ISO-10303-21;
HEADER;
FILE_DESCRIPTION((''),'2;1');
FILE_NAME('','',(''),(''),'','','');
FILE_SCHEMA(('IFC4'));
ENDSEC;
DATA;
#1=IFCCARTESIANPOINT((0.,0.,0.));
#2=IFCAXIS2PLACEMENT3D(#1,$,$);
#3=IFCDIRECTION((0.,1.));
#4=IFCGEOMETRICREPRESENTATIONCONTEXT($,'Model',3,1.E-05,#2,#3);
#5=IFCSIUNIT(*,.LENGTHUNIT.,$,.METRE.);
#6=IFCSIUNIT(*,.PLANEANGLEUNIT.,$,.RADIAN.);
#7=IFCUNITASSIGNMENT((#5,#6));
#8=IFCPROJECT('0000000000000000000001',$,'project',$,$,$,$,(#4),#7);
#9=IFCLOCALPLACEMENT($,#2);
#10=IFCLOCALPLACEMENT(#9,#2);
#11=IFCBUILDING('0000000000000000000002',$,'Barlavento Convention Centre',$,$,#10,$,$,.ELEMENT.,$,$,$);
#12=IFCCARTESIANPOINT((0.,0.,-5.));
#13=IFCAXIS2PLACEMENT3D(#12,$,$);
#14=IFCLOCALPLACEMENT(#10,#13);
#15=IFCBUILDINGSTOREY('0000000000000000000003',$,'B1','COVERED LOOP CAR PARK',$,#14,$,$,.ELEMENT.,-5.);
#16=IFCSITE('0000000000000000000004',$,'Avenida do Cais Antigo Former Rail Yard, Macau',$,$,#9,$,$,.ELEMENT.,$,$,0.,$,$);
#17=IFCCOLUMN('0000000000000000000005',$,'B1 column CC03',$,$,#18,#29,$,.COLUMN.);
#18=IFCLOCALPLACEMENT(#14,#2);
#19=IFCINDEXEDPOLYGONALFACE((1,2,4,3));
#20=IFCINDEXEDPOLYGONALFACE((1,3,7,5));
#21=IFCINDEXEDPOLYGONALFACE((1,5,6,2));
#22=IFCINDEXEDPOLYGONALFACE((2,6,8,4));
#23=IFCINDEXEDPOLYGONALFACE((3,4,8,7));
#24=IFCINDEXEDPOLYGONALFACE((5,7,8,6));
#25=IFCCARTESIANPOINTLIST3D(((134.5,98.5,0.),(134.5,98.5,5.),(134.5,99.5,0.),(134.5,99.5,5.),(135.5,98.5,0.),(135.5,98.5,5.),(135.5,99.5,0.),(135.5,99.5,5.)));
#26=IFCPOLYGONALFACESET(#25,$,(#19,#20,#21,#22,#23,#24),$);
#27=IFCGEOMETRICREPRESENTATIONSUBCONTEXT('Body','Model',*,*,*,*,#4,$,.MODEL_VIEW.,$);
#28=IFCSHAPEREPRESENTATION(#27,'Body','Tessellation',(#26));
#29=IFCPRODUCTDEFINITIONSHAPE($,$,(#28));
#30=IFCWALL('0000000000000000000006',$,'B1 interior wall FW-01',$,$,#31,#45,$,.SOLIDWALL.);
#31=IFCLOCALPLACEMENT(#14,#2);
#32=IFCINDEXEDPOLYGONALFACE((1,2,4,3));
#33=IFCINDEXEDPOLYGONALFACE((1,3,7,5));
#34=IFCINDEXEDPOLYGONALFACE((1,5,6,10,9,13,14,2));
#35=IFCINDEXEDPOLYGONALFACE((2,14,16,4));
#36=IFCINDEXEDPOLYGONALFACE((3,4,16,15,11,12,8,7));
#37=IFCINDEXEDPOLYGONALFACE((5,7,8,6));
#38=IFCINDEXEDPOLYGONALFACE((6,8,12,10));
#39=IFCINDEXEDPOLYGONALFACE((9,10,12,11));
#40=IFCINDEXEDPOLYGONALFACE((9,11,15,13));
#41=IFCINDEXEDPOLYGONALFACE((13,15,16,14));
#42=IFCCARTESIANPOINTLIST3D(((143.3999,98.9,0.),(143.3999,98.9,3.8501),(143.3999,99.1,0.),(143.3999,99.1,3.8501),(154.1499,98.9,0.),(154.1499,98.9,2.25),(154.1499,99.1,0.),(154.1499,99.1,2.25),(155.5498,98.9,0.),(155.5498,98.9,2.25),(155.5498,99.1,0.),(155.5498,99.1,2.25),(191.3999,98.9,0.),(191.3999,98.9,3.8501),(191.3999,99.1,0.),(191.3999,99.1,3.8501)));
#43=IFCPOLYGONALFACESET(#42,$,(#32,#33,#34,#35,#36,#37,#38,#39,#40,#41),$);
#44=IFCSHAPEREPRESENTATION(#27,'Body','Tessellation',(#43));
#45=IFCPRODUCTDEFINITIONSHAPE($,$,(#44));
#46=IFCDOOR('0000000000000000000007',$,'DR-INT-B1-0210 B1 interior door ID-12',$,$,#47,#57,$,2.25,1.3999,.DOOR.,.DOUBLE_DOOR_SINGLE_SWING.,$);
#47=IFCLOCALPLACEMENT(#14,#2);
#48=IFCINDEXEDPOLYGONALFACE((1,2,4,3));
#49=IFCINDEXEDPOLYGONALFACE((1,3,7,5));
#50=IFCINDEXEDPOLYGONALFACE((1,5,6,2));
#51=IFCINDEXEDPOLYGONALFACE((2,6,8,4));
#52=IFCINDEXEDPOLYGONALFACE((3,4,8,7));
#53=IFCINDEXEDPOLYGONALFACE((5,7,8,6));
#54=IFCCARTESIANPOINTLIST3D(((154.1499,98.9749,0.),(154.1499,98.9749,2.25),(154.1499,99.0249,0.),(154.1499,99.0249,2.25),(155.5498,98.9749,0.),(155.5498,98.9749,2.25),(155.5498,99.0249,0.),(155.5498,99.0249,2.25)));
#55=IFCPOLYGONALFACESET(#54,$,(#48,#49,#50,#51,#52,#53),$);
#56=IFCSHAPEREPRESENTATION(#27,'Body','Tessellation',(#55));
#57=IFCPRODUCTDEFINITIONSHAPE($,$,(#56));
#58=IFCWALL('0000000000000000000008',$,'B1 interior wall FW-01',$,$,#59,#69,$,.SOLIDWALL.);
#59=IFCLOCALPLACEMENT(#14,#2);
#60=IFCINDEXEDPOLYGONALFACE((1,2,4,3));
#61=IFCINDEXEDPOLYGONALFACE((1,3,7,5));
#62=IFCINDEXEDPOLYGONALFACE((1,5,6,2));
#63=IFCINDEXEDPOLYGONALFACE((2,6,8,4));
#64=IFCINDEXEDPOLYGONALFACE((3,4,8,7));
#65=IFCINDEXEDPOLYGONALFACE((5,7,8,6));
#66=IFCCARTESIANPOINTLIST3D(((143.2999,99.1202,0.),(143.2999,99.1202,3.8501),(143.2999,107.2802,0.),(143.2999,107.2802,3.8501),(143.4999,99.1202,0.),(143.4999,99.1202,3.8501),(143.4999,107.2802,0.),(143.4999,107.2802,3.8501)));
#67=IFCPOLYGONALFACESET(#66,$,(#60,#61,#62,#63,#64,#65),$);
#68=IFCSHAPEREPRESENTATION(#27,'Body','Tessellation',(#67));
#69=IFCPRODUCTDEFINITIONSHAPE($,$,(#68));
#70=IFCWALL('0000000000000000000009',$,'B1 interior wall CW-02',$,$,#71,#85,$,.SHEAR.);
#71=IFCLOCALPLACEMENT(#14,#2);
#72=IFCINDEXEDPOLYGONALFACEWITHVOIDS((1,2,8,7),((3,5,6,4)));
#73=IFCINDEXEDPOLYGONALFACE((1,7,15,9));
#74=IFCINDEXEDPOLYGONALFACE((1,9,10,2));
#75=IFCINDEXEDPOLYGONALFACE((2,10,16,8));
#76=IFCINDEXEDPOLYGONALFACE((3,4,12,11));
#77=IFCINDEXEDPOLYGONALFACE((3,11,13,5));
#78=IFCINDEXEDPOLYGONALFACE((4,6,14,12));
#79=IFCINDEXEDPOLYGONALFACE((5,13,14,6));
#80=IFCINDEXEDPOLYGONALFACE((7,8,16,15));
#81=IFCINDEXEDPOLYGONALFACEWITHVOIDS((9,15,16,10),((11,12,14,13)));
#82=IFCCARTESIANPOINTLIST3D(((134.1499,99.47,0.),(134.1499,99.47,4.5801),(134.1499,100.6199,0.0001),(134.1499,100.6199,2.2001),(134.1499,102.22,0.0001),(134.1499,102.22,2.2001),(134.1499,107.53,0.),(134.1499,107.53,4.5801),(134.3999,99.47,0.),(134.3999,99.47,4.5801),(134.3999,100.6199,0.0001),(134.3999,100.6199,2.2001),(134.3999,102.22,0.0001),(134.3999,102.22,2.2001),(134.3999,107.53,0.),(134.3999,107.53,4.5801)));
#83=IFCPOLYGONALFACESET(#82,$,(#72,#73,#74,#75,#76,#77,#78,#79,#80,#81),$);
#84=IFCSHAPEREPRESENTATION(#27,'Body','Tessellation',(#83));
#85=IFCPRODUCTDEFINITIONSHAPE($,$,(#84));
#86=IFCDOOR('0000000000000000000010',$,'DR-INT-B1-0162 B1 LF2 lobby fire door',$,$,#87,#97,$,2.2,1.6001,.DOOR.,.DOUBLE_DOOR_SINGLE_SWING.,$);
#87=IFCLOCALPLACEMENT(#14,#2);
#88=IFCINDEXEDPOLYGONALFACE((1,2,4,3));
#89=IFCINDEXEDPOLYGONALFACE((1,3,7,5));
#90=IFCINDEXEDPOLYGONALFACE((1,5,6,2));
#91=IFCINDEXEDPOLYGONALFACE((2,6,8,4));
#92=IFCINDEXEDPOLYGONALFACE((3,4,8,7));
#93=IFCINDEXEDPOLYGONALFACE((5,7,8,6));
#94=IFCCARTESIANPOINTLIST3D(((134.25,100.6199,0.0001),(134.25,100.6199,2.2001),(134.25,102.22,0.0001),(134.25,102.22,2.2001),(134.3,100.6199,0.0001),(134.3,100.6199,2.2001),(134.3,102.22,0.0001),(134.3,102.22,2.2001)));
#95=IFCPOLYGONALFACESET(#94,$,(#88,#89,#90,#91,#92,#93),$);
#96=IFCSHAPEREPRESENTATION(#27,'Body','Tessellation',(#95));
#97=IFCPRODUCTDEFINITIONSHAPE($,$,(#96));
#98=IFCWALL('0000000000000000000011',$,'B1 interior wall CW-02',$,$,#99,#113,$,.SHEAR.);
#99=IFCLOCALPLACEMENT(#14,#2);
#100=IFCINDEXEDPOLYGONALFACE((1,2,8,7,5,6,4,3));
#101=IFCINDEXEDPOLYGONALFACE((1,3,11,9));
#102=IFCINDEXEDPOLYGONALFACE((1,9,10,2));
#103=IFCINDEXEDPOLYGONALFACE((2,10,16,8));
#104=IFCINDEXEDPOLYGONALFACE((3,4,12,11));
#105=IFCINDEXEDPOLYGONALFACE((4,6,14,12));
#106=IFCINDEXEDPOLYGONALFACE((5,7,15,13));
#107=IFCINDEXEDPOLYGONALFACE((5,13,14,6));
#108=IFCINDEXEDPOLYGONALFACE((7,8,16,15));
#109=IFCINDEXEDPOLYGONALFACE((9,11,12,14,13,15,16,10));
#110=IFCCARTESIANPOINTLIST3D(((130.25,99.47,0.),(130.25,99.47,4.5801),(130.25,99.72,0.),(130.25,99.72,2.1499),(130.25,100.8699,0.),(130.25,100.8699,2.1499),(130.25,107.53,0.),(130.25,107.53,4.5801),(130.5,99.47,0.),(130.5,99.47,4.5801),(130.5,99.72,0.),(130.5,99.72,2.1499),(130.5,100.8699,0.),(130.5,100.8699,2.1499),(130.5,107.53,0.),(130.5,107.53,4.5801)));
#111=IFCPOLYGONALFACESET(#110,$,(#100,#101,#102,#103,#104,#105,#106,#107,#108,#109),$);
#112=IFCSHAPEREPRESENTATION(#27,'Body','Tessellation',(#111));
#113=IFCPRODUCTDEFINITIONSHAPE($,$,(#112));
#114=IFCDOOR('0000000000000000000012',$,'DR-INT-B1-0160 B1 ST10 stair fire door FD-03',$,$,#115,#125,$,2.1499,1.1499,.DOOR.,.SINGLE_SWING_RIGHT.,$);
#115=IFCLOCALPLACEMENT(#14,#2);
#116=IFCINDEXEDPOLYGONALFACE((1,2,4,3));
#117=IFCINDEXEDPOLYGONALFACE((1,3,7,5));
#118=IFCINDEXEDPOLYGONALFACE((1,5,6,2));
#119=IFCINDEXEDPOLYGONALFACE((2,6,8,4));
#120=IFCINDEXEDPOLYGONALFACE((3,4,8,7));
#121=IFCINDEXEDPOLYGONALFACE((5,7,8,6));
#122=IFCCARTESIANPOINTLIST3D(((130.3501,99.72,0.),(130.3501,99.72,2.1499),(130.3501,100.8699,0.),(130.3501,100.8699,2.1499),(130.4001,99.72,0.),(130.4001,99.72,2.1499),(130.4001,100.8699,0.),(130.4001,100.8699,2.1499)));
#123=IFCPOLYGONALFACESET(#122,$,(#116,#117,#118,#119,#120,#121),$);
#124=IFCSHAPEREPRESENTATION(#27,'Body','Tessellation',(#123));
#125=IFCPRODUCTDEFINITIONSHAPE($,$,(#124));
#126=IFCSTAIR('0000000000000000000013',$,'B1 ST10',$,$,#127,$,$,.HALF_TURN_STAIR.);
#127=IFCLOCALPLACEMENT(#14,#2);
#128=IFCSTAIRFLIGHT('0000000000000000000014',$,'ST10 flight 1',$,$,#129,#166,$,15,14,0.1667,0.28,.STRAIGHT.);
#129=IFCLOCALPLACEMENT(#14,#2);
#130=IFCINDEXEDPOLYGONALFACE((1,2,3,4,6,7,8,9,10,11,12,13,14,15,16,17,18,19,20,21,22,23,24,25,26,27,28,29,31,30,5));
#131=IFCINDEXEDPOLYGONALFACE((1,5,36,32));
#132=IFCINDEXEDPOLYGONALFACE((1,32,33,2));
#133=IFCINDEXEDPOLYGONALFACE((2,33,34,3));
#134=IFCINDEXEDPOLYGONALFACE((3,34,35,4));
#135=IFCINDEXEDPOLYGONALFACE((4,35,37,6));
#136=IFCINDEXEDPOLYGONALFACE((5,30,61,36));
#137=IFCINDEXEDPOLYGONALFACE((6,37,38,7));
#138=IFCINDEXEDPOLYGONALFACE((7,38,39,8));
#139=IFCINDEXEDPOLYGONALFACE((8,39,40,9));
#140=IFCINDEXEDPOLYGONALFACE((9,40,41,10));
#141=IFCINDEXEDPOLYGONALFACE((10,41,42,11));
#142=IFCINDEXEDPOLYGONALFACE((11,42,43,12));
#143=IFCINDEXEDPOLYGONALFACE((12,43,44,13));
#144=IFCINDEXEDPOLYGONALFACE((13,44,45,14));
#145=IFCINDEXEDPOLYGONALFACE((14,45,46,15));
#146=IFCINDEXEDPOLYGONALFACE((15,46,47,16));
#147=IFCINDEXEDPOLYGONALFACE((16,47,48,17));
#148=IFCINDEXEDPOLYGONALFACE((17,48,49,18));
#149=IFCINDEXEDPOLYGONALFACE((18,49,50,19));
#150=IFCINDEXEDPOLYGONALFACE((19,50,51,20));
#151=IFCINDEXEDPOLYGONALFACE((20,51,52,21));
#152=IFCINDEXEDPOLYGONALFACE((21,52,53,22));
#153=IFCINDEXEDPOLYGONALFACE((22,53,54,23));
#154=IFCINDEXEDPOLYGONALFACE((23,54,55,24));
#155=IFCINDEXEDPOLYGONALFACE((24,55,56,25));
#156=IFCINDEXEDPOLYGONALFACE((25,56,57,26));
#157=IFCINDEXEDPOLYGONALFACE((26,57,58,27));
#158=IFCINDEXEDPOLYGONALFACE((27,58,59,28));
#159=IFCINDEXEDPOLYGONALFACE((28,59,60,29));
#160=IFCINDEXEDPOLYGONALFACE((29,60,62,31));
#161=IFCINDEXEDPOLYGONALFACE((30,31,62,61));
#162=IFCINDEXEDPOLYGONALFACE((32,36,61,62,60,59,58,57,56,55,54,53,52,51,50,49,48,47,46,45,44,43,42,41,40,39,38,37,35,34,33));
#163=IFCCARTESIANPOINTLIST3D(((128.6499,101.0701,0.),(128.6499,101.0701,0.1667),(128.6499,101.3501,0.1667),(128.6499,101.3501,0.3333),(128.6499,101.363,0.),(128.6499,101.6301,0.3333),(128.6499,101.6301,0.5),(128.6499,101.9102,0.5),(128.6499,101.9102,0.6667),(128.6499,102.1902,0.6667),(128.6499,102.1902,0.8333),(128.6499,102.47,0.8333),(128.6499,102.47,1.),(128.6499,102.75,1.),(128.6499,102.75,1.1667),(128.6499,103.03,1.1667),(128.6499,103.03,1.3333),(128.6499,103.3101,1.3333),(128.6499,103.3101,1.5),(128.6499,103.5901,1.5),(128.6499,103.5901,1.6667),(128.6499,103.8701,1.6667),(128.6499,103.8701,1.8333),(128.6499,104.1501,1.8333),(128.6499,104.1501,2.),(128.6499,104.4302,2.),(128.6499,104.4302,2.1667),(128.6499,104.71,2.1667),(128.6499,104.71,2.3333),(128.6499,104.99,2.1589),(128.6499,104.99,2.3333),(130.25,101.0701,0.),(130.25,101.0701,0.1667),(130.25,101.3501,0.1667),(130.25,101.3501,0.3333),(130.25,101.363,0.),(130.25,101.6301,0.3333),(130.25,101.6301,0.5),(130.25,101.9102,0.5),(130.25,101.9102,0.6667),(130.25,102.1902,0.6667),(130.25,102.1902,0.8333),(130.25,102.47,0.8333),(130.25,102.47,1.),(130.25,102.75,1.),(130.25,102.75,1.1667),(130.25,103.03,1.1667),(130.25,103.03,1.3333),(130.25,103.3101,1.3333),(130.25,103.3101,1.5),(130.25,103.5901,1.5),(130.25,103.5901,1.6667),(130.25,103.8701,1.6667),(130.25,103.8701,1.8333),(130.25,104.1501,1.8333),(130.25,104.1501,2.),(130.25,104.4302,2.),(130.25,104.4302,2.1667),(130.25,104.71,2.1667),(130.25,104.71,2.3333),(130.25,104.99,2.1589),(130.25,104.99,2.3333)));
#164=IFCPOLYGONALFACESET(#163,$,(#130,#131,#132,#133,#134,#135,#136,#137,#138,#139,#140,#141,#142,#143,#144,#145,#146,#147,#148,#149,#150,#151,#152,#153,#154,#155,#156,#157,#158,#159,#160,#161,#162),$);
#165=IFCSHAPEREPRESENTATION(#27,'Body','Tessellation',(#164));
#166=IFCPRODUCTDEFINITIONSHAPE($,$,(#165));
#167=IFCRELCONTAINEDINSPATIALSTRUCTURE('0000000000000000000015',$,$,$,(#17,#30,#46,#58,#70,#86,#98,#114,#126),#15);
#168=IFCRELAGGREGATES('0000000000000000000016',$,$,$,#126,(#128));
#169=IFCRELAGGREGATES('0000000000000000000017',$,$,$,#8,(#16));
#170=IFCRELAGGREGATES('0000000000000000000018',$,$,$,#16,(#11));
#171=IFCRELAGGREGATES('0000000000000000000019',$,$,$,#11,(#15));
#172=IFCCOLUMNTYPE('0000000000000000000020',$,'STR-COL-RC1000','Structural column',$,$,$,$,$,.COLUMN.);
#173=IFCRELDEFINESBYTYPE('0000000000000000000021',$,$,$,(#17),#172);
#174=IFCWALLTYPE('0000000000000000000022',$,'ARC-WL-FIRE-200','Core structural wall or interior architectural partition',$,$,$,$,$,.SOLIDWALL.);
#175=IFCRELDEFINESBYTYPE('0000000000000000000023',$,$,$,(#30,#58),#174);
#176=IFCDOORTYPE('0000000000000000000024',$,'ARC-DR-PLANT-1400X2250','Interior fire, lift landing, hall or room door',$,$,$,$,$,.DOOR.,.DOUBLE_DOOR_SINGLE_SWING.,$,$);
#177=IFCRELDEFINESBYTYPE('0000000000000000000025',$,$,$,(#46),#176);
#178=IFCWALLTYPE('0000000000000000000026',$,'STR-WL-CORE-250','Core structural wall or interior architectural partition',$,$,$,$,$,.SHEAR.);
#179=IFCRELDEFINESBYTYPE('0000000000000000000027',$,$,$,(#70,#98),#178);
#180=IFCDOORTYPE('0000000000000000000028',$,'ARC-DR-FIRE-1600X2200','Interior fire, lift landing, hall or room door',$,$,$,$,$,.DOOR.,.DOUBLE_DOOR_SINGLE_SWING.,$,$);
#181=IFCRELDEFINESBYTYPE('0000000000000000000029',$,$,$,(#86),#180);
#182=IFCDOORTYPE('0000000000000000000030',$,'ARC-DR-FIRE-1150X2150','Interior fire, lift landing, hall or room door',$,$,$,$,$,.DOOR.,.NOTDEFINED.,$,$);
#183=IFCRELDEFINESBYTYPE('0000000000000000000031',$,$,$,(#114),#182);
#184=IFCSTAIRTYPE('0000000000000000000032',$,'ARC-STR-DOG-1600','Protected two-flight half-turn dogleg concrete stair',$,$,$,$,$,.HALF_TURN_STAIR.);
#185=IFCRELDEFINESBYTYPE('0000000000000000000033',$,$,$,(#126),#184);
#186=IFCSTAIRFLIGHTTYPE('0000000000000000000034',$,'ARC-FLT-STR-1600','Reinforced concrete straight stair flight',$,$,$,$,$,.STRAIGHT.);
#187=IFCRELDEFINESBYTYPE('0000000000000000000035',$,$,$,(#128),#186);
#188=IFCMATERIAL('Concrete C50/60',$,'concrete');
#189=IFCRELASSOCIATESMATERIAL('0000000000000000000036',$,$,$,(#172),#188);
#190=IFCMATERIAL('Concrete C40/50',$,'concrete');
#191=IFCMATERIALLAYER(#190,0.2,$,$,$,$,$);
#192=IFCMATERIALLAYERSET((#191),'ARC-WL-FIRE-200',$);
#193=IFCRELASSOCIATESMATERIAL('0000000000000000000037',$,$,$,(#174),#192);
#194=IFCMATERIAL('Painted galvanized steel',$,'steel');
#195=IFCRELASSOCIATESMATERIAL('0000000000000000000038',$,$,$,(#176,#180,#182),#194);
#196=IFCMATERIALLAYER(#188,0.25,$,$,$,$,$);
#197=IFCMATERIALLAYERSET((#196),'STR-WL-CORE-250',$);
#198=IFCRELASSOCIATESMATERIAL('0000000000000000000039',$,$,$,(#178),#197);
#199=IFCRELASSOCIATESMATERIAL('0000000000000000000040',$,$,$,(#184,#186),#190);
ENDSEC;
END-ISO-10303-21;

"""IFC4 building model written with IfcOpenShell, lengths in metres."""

from ifc_helpers import new_model, si_unit, direction, frame, frame_2d, origin, origin_2d, place, context, subcontext, project, spatial, polyline, rectangle, outline, extrude, material, layer, layer_set, material_profile, profile_set, type_object, element, fill, aggregate, save


model = new_model("IFC4")

# Units and contexts
model_context = context("Model", 3, precision=1e-05, world=origin(), true_north=direction((0.0, 1.0)))
body_context = subcontext(model_context, "Body", "Model", "MODEL_VIEW")
ifc_project = project(units=[si_unit("LENGTHUNIT", "METRE"), si_unit("PLANEANGLEUNIT", "RADIAN")], contexts=[model_context])

# Site, building, storey
site_placement = place(None, origin())
site = spatial("IfcSite", under=ifc_project, at=site_placement, Name="Avenida do Cais Antigo Former Rail Yard, Macau", CompositionType="ELEMENT", RefElevation=0.0)
building_placement = place(site_placement, origin())
building = spatial("IfcBuilding", under=site, at=building_placement, Name="Barlavento Convention Centre", CompositionType="ELEMENT")
storey_placement = place(building_placement, frame((0.0, 0.0, -5.0)))
storey = spatial("IfcBuildingStorey", under=building, at=storey_placement, Name="B1", Description="COVERED LOOP CAR PARK", CompositionType="ELEMENT", Elevation=-5.0)

# Shared definitions
ifc_material_1 = material(Name="Concrete C40/50", Category="concrete")

# Column
ifc_material_2 = material(Name="Concrete C50/60", Category="concrete")
ifc_material_profile_1 = material_profile(ifc_material_2, rectangle(XDim=1.0, YDim=1.0, at=origin_2d()), Name="RC 1000x1000")
ifc_profile_set_1 = profile_set([ifc_material_profile_1], Name="Concrete C50/60")
column_type = type_object("IfcColumnType", Name="STR-COL-RC1000", Description="Structural column", PredefinedType="COLUMN", material=ifc_profile_set_1)
column_placement = place(storey_placement, frame((135.0, 99.0, 0.0), z_axis=(0.0, 0.0, 1.0), x_axis=(1.0, 0.0, 0.0)))
element("IfcColumn", 1, at=column_placement, inside=storey, type_object=column_type, Name="B1 column CC03", PredefinedType="COLUMN", context=body_context, shape_type="SweptSolid", body=[
    extrude(rectangle(XDim=1.0, YDim=1.0, at=origin_2d()), origin(), (0.0, 0.0, 1.0), 5.0),
])

# Wall, opening, door
ifc_layer_1 = layer(ifc_material_1, 0.2)
ifc_layer_set_1 = layer_set([ifc_layer_1], Name="ARC-WL-FIRE-200")
wall_type_1 = type_object("IfcWallType", Name="ARC-WL-FIRE-200", Description="Core structural wall or interior architectural partition", PredefinedType="SOLIDWALL", material=ifc_layer_set_1)
wall_1_placement = place(storey_placement, frame((143.3999, 99.0, 0.0), z_axis=(0.0, 0.0, 1.0), x_axis=(1.0, 0.0, 0.0)))
wall_1 = element("IfcWall", 2, at=wall_1_placement, inside=storey, type_object=wall_type_1, Name="B1 interior wall FW-01", PredefinedType="SOLIDWALL", context=body_context, shape_type="SweptSolid", body=[
    extrude(rectangle(XDim=48.0, YDim=0.2, at=frame_2d((24.0, 0.0))), origin(), (0.0, 0.0, 1.0), 3.8501),
])
opening_1_placement = place(wall_1_placement, frame((10.75, 0.0, 0.0)))
opening_1 = element("IfcOpeningElement", 3, at=opening_1_placement, cuts=wall_1, PredefinedType="OPENING", context=body_context, shape_type="SweptSolid", body=[
    extrude(rectangle(XDim=1.3999, YDim=2.25, at=frame_2d((0.7, 1.125))), frame((0.0, 0.1099, 0.0), z_axis=(0.0, -1.0, 0.0), x_axis=(1.0, 0.0, 0.0)), (0.0, 0.0, 1.0), 0.22),
])
ifc_material_3 = material(Name="Painted galvanized steel", Category="steel")
door_type_1 = type_object("IfcDoorType", Name="ARC-DR-PLANT-1400X2250", Description="Interior fire, lift landing, hall or room door", OperationType="DOUBLE_DOOR_SINGLE_SWING", PredefinedType="DOOR", material=ifc_material_3)
door_1_placement = place(opening_1_placement, origin())
door_1 = element("IfcDoor", 4, at=door_1_placement, inside=storey, type_object=door_type_1, Name="DR-INT-B1-0210 B1 interior door ID-12", OperationType="DOUBLE_DOOR_SINGLE_SWING", OverallHeight=2.25, OverallWidth=1.3999, PredefinedType="DOOR", context=body_context, shape_type="SweptSolid", body=[
    extrude(rectangle(XDim=1.3999, YDim=2.25, at=frame_2d((0.7, 1.125))), frame((0.0, 0.0249, 0.0), z_axis=(0.0, -1.0, 0.0), x_axis=(1.0, 0.0, 0.0)), (0.0, 0.0, 1.0), 0.05),
])
fill(opening_1, door_1)

# Wall
wall_2_placement = place(storey_placement, frame((143.3999, 99.1201, 0.0), z_axis=(0.0, 0.0, 1.0), x_axis=(0.0, 1.0, 0.0)))
element("IfcWall", 5, at=wall_2_placement, inside=storey, type_object=wall_type_1, Name="B1 interior wall FW-01", PredefinedType="SOLIDWALL", context=body_context, shape_type="SweptSolid", body=[
    extrude(rectangle(XDim=8.1599, YDim=0.2, at=frame_2d((4.0801, 0.0))), origin(), (0.0, 0.0, 1.0), 3.8501),
])

# Walls, openings, doors
ifc_layer_2 = layer(ifc_material_2, 0.25)
ifc_layer_set_2 = layer_set([ifc_layer_2], Name="STR-WL-CORE-250")
wall_type_2 = type_object("IfcWallType", Name="STR-WL-CORE-250", Description="Core structural wall or interior architectural partition", PredefinedType="SHEAR", material=ifc_layer_set_2)
wall_3_placement = place(storey_placement, frame((134.2749, 99.47, 0.0), z_axis=(0.0, 0.0, 1.0), x_axis=(0.0, 1.0, 0.0)))
wall_3 = element("IfcWall", 6, at=wall_3_placement, inside=storey, type_object=wall_type_2, Name="B1 interior wall CW-02", PredefinedType="SHEAR", context=body_context, shape_type="SweptSolid", body=[
    extrude(rectangle(XDim=8.0601, YDim=0.25, at=frame_2d((4.03, 0.0))), origin(), (0.0, 0.0, 1.0), 4.5801),
])
opening_2_placement = place(wall_3_placement, frame((1.1499, 0.0, 0.0)))
opening_2 = element("IfcOpeningElement", 7, at=opening_2_placement, cuts=wall_3, PredefinedType="OPENING", context=body_context, shape_type="SweptSolid", body=[
    extrude(rectangle(XDim=1.6001, YDim=2.2, at=frame_2d((0.8, 1.1001))), frame((0.0, 0.135, 0.0), z_axis=(0.0, -1.0, 0.0), x_axis=(1.0, 0.0, 0.0)), (0.0, 0.0, 1.0), 0.27),
])
door_type_2 = type_object("IfcDoorType", Name="ARC-DR-FIRE-1600X2200", Description="Interior fire, lift landing, hall or room door", OperationType="DOUBLE_DOOR_SINGLE_SWING", PredefinedType="DOOR", material=ifc_material_3)
door_2_placement = place(opening_2_placement, origin())
door_2 = element("IfcDoor", 8, at=door_2_placement, inside=storey, type_object=door_type_2, Name="DR-INT-B1-0162 B1 LF2 lobby fire door", OperationType="DOUBLE_DOOR_SINGLE_SWING", OverallHeight=2.2, OverallWidth=1.6001, PredefinedType="DOOR", context=body_context, shape_type="SweptSolid", body=[
    extrude(rectangle(XDim=1.6001, YDim=2.2, at=frame_2d((0.8, 1.1001))), frame((0.0, 0.0249, 0.0), z_axis=(0.0, -1.0, 0.0), x_axis=(1.0, 0.0, 0.0)), (0.0, 0.0, 1.0), 0.05),
])
fill(opening_2, door_2)
wall_4_placement = place(storey_placement, frame((130.375, 99.47, 0.0), z_axis=(0.0, 0.0, 1.0), x_axis=(0.0, 1.0, 0.0)))
wall_4 = element("IfcWall", 9, at=wall_4_placement, inside=storey, type_object=wall_type_2, Name="B1 interior wall CW-02", PredefinedType="SHEAR", context=body_context, shape_type="SweptSolid", body=[
    extrude(rectangle(XDim=8.0601, YDim=0.25, at=frame_2d((4.03, 0.0))), origin(), (0.0, 0.0, 1.0), 4.5801),
])
opening_3_placement = place(wall_4_placement, frame((0.25, 0.0, 0.0)))
opening_3 = element("IfcOpeningElement", 10, at=opening_3_placement, cuts=wall_4, PredefinedType="OPENING", context=body_context, shape_type="SweptSolid", body=[
    extrude(rectangle(XDim=1.1499, YDim=2.1499, at=frame_2d((0.575, 1.075))), frame((0.0, 0.135, 0.0), z_axis=(0.0, -1.0, 0.0), x_axis=(1.0, 0.0, 0.0)), (0.0, 0.0, 1.0), 0.27),
])
door_type_3 = type_object("IfcDoorType", Name="ARC-DR-FIRE-1150X2150", Description="Interior fire, lift landing, hall or room door", OperationType="NOTDEFINED", PredefinedType="DOOR", material=ifc_material_3)
door_3_placement = place(opening_3_placement, origin())
door_3 = element("IfcDoor", 11, at=door_3_placement, inside=storey, type_object=door_type_3, Name="DR-INT-B1-0160 B1 ST10 stair fire door FD-03", OperationType="SINGLE_SWING_RIGHT", OverallHeight=2.1499, OverallWidth=1.1499, PredefinedType="DOOR", context=body_context, shape_type="SweptSolid", body=[
    extrude(rectangle(XDim=1.1499, YDim=2.1499, at=frame_2d((0.575, 1.075))), frame((0.0, 0.0249, 0.0), z_axis=(0.0, -1.0, 0.0), x_axis=(1.0, 0.0, 0.0)), (0.0, 0.0, 1.0), 0.05),
])
fill(opening_3, door_3)

# Stair, stair flight
stair_type = type_object("IfcStairType", Name="ARC-STR-DOG-1600", Description="Protected two-flight half-turn dogleg concrete stair", PredefinedType="HALF_TURN_STAIR", material=ifc_material_1)
stair_placement = place(storey_placement, origin())
stair = element("IfcStair", 12, at=stair_placement, inside=storey, type_object=stair_type, Name="B1 ST10", PredefinedType="HALF_TURN_STAIR")
stair_flight_type = type_object("IfcStairFlightType", Name="ARC-FLT-STR-1600", Description="Reinforced concrete straight stair flight", PredefinedType="STRAIGHT", material=ifc_material_1)
stair_flight_placement = place(storey_placement, frame((129.45, 101.0701, 0.0), z_axis=(0.0, 0.0, 1.0), x_axis=(0.0, 1.0, 0.0)))
stair_flight = element("IfcStairFlight", 13, at=stair_flight_placement, type_object=stair_flight_type, Name="ST10 flight 1", NumberOfRisers=15, NumberOfTreads=14, PredefinedType="STRAIGHT", RiserHeight=0.1667, TreadLength=0.28, context=body_context, shape_type="SweptSolid", body=[
    extrude(outline(polyline([(0.0, 0.0), (0.0, 0.1667), (0.28, 0.1667), (0.28, 0.3333), (0.5601, 0.3333), (0.5601, 0.5), (0.8401, 0.5), (0.8401, 0.6667), (1.1201, 0.6667), (1.1201, 0.8333), (1.3999, 0.8333), (1.3999, 1.0), (1.6799, 1.0), (1.6799, 1.1667), (1.96, 1.1667), (1.96, 1.3333), (2.24, 1.3333), (2.24, 1.5), (2.52, 1.5), (2.52, 1.6667), (2.8, 1.6667), (2.8, 1.8333), (3.0801, 1.8333), (3.0801, 2.0), (3.3601, 2.0), (3.3601, 2.1667), (3.6399, 2.1667), (3.6399, 2.3333), (3.9199, 2.3333), (3.9199, 2.5), (3.9199, 2.1589), (0.293, 0.0), (0.0, 0.0)])), frame((0.0, 0.8, 0.0), z_axis=(0.0, -1.0, 0.0), x_axis=(1.0, 0.0, 0.0)), (0.0, 0.0, 1.0), 1.6001),
])
aggregate(stair, [stair_flight])

save(model, "model.ifc")
